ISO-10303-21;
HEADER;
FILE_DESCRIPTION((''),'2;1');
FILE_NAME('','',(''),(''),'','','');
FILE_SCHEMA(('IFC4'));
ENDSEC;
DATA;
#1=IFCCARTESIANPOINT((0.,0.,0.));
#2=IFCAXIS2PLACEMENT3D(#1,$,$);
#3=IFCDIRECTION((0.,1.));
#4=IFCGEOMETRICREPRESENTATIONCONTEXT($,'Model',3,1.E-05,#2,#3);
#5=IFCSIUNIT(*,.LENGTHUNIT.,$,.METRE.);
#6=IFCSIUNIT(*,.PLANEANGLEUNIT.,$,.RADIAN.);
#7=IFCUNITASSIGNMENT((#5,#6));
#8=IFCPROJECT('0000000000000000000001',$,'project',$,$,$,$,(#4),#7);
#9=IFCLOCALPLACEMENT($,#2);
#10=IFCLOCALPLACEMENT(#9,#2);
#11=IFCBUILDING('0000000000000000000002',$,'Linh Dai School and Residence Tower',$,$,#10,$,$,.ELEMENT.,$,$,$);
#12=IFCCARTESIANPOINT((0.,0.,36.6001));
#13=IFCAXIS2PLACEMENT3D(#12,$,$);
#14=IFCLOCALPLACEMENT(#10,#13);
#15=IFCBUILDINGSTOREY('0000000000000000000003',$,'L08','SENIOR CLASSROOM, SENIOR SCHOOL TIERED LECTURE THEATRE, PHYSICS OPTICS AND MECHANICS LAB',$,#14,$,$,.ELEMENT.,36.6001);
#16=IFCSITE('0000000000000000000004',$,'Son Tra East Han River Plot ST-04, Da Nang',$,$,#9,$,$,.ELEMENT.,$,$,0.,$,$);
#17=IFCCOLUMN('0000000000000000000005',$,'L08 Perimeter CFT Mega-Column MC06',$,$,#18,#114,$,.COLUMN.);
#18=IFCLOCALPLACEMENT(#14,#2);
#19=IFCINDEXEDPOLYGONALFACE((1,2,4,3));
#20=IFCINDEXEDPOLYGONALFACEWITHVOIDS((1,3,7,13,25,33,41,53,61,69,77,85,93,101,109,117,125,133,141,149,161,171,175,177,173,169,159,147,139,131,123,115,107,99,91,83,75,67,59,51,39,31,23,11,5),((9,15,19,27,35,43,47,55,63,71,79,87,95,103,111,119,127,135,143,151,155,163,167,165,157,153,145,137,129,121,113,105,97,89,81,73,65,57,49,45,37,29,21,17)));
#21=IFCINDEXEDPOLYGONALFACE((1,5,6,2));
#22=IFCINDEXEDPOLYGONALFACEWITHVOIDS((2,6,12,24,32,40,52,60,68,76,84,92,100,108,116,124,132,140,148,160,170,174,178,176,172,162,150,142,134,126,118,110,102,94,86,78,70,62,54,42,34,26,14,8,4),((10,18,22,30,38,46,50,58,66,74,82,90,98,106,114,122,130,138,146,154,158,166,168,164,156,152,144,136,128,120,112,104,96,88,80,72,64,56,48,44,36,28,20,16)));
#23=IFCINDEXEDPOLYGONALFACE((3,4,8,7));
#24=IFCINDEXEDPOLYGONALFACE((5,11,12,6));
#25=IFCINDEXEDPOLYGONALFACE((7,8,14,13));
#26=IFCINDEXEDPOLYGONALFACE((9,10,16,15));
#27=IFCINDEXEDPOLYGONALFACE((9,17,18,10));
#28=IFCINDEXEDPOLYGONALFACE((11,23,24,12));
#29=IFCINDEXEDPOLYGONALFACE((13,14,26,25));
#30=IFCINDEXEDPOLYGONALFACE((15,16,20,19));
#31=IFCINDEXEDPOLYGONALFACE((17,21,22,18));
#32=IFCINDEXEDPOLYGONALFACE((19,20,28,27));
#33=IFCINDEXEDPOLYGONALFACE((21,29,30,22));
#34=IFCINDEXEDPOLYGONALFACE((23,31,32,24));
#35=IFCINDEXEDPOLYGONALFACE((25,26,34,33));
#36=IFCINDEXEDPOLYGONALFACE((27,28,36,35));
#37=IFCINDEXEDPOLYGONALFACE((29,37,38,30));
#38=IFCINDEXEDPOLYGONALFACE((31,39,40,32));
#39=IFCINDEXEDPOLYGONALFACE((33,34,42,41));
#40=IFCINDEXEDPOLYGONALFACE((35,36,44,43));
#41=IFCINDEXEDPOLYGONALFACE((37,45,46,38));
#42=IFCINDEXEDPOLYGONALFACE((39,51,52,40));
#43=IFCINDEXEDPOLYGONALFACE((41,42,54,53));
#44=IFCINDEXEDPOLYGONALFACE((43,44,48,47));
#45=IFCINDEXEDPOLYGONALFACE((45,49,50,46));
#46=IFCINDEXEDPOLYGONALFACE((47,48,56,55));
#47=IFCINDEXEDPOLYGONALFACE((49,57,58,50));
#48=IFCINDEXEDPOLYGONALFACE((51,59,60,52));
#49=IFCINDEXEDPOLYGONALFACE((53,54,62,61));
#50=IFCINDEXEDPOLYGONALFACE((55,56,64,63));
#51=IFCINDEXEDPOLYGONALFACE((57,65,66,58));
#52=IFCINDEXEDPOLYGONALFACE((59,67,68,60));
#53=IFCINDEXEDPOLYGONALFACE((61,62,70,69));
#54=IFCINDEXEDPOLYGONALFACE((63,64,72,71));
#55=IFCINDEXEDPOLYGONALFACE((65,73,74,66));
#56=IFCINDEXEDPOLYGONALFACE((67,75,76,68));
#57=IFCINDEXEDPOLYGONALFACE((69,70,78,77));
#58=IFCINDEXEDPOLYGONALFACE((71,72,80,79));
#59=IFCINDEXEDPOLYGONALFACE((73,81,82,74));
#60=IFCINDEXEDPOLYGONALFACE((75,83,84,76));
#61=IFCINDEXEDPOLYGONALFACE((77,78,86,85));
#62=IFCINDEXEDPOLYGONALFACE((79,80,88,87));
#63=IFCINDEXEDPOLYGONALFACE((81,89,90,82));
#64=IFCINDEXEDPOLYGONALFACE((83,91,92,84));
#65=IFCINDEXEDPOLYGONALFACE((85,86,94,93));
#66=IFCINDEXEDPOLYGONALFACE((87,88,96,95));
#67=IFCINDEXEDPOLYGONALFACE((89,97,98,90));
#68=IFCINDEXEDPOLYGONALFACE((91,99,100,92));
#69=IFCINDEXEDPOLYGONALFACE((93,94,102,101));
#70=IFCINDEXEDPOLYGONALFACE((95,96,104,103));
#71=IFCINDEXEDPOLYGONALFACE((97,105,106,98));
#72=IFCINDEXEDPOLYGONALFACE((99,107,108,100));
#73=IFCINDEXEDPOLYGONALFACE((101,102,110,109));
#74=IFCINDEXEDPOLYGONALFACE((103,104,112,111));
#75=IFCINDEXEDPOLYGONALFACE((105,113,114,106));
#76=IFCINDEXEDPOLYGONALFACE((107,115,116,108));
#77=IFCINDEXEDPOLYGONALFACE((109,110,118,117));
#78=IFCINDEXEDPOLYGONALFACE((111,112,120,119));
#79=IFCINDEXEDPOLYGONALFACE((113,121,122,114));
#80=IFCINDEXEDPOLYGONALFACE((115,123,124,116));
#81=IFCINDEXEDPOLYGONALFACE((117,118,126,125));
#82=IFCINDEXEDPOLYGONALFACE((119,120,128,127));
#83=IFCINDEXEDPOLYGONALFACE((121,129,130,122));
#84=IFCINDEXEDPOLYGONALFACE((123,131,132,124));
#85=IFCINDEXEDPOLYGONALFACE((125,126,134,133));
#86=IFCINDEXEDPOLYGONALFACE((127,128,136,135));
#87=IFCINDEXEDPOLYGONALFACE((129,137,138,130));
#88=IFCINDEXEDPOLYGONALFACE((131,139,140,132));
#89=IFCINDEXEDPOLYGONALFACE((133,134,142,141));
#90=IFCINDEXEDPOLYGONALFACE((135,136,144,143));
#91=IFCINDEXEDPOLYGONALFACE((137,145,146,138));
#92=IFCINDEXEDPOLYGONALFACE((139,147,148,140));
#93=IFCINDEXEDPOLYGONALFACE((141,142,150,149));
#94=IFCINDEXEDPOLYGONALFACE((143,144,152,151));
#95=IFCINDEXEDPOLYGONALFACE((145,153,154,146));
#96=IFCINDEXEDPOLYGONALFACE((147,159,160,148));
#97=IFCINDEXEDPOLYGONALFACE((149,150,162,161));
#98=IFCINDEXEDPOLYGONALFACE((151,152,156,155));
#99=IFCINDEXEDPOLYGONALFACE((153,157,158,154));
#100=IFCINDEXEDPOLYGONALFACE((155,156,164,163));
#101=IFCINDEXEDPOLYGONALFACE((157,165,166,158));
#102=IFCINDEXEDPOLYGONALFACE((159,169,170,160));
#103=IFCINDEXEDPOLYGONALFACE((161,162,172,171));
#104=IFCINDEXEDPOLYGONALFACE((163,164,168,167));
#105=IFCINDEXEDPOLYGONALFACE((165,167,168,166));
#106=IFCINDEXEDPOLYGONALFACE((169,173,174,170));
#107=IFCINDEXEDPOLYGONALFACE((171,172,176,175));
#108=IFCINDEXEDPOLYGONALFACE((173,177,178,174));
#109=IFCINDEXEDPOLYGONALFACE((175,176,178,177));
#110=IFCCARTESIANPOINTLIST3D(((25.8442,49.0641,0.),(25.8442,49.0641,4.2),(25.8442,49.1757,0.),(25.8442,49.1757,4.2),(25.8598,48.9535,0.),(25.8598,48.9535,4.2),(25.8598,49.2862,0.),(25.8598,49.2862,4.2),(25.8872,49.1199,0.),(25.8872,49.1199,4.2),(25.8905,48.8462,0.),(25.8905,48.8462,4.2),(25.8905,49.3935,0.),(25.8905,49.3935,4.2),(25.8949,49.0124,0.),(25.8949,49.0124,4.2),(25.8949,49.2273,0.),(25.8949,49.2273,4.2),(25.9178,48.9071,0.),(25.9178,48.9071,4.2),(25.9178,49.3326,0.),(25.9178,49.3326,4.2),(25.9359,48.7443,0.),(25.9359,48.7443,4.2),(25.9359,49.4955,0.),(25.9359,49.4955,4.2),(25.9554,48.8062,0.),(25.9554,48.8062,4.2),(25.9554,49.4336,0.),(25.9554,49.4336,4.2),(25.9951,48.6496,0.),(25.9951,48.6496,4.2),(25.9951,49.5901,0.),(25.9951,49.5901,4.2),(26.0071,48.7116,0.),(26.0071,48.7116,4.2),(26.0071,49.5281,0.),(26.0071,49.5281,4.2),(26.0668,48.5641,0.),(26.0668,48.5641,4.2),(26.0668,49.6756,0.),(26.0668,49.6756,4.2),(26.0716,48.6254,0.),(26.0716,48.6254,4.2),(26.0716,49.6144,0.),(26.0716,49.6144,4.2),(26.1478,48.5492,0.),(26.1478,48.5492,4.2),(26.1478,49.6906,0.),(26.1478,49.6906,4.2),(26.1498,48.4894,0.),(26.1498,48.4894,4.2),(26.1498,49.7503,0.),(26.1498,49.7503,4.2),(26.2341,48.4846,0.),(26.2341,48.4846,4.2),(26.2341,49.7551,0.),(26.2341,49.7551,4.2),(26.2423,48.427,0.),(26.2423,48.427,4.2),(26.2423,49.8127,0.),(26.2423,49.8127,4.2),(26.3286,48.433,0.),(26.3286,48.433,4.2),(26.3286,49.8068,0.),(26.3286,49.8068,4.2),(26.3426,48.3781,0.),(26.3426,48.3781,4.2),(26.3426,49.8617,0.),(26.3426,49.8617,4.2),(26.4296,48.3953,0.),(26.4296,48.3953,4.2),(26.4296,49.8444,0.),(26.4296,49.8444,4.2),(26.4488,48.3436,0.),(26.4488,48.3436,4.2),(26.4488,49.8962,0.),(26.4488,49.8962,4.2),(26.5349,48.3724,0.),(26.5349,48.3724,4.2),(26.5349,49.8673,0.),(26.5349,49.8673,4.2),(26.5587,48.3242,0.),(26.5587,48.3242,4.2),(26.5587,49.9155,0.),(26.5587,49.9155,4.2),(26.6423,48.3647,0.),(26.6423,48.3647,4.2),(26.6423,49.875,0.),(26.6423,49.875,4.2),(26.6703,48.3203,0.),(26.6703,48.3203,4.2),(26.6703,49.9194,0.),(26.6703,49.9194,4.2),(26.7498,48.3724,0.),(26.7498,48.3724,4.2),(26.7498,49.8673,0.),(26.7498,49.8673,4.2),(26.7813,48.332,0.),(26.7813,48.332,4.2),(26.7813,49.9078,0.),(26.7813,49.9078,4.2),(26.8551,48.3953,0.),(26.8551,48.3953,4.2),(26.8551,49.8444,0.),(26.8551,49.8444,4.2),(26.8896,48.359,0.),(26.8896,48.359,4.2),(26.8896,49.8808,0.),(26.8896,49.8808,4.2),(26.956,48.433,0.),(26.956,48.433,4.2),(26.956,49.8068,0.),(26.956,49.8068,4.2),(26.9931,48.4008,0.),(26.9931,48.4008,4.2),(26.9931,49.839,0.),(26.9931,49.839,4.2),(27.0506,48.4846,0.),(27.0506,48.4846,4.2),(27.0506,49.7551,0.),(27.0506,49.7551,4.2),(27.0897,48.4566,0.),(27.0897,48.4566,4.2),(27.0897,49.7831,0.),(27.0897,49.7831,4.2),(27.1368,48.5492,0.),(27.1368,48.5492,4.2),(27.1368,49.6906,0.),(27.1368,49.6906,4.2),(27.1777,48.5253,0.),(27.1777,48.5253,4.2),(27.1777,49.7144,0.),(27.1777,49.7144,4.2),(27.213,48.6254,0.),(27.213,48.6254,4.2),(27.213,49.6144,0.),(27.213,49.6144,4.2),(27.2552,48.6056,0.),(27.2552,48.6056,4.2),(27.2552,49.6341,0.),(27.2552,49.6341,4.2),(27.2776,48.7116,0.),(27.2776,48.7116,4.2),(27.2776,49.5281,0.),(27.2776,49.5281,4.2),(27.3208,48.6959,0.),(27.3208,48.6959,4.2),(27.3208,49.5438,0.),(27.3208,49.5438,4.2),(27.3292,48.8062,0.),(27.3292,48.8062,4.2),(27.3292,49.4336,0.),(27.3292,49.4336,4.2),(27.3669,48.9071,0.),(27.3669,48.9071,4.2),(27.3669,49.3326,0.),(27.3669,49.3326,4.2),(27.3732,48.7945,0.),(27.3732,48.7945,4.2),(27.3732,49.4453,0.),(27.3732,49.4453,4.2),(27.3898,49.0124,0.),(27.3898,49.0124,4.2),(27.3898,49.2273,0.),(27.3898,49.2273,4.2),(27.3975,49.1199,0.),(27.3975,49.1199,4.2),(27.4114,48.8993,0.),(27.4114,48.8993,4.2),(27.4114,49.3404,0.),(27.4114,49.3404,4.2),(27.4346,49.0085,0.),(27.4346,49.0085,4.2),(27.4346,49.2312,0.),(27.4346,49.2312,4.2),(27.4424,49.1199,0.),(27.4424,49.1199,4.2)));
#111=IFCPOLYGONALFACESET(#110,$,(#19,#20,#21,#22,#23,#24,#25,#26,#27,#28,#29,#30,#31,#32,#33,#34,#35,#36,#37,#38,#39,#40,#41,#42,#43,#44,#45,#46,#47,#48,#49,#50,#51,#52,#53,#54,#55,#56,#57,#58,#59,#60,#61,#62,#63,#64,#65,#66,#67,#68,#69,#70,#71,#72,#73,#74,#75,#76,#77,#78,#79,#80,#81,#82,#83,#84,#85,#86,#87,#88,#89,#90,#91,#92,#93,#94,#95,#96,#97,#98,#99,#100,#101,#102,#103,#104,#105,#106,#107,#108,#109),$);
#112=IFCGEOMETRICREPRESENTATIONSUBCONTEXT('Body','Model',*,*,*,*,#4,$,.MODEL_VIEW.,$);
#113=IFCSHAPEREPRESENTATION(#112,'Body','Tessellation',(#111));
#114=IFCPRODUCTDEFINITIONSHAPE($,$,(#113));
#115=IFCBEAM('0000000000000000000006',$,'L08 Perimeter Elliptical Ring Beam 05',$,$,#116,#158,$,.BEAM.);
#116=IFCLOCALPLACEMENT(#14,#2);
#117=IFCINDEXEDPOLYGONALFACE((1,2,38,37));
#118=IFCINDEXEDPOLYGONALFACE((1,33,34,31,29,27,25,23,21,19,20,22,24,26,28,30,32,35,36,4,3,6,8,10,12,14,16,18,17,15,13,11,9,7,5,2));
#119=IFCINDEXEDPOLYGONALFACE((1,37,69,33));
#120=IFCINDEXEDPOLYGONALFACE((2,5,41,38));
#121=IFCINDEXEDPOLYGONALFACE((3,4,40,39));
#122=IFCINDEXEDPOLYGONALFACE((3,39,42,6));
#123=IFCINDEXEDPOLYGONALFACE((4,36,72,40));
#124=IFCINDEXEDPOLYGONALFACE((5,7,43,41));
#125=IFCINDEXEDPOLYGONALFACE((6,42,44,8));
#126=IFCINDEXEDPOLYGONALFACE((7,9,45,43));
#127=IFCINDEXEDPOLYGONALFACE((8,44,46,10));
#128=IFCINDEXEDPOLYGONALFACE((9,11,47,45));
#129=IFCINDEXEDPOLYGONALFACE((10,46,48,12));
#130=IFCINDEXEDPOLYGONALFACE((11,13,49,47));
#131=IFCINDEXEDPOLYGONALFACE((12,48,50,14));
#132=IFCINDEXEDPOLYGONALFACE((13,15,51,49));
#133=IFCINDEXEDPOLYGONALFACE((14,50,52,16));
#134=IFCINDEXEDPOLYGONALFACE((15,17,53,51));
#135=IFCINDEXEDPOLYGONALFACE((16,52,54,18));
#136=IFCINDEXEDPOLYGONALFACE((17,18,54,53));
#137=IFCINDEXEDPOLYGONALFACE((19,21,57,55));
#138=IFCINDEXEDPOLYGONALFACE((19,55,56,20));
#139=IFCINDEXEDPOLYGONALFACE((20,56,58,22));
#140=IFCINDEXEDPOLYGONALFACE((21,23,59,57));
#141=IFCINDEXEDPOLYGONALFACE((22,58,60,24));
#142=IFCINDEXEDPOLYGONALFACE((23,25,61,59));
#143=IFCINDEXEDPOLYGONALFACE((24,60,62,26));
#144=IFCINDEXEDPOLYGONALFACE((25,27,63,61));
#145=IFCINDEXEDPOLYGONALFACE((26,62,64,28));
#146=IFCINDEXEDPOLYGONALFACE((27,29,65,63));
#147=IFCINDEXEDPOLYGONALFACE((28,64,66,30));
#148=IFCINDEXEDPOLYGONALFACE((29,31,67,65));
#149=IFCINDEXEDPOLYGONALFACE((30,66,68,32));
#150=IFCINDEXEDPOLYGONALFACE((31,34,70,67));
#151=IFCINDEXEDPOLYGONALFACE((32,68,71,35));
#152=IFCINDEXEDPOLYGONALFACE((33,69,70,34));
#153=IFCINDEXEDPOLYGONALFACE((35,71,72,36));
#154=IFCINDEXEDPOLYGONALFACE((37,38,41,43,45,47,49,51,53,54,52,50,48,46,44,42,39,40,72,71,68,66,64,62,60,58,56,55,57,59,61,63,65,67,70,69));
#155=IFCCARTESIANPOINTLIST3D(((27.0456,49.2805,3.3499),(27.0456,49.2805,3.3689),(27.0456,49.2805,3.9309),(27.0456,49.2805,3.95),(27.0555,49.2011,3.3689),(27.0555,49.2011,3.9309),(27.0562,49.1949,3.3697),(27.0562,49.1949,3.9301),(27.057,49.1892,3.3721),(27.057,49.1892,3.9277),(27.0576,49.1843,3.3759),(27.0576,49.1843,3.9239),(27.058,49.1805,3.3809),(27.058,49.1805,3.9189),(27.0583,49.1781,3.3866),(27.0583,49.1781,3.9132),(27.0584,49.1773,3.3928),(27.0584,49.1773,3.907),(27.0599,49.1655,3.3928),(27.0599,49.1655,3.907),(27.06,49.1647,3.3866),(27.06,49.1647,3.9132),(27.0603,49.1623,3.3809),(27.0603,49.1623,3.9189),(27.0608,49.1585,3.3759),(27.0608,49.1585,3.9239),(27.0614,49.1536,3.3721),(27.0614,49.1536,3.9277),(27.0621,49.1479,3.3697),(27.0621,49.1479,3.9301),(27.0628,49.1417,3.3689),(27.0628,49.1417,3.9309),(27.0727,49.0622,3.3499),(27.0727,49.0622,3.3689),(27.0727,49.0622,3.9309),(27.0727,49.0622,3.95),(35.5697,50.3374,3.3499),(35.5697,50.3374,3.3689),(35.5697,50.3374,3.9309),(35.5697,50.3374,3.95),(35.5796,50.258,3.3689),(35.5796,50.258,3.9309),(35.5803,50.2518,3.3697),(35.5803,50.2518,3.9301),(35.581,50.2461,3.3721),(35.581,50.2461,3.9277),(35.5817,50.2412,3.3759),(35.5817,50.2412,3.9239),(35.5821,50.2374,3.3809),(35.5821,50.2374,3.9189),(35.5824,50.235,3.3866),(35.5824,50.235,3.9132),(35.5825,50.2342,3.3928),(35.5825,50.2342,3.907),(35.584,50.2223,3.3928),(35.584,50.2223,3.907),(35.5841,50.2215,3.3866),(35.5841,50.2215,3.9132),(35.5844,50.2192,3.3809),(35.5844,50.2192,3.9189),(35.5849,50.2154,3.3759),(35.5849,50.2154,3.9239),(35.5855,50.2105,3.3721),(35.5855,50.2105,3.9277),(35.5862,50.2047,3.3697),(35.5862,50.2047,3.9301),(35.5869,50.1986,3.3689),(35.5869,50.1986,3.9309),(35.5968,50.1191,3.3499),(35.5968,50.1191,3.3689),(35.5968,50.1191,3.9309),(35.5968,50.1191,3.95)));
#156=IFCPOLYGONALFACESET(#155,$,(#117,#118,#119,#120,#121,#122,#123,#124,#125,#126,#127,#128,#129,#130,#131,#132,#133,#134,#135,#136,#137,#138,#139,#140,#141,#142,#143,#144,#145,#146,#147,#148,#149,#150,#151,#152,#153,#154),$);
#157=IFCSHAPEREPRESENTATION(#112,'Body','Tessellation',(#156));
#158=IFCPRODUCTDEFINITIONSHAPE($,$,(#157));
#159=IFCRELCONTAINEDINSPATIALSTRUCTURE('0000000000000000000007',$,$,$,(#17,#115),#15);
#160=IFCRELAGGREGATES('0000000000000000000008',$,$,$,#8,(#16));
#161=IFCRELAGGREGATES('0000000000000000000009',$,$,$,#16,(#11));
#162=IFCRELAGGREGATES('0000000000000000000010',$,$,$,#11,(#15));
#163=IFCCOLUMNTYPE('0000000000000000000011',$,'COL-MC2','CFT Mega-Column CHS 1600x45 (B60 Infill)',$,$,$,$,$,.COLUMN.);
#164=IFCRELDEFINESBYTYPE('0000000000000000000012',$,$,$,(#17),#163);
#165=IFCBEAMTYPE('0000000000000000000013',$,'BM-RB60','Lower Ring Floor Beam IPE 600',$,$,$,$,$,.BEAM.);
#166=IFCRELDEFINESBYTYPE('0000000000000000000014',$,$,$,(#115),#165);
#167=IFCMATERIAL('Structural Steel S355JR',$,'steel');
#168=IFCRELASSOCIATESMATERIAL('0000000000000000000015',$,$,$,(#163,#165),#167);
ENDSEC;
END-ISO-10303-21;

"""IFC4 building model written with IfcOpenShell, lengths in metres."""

from ifc_helpers import new_model, si_unit, direction, frame, origin, origin_2d, place, context, subcontext, project, spatial, hollow_circle, i_section, extrude, material, material_profile, profile_set, type_object, element, save


model = new_model("IFC4")

# Units and contexts
model_context = context("Model", 3, precision=1e-05, world=origin(), true_north=direction((0.0, 1.0)))
body_context = subcontext(model_context, "Body", "Model", "MODEL_VIEW")
ifc_project = project(units=[si_unit("LENGTHUNIT", "METRE"), si_unit("PLANEANGLEUNIT", "RADIAN")], contexts=[model_context])

# Site, building, storey
site_placement = place(None, origin())
site = spatial("IfcSite", under=ifc_project, at=site_placement, Name="Son Tra East Han River Plot ST-04, Da Nang", CompositionType="ELEMENT", RefElevation=0.0)
building_placement = place(site_placement, origin())
building = spatial("IfcBuilding", under=site, at=building_placement, Name="Linh Dai School and Residence Tower", CompositionType="ELEMENT")
storey_placement = place(building_placement, frame((0.0, 0.0, 36.6001)))
storey = spatial("IfcBuildingStorey", under=building, at=storey_placement, Name="L08", Description="SENIOR CLASSROOM, SENIOR SCHOOL TIERED LECTURE THEATRE, PHYSICS OPTICS AND MECHANICS LAB", CompositionType="ELEMENT", Elevation=36.6001)

# Column
ifc_material_1 = material(Name="Structural Steel S355JR", Category="steel")
ifc_material_profile_1 = material_profile(ifc_material_1, hollow_circle(Radius=0.8, WallThickness=0.0449, at=origin_2d()), Name="CHS 1600x45")
ifc_profile_set_1 = profile_set([ifc_material_profile_1], Name="Structural Steel S355JR")
column_type_1 = type_object("IfcColumnType", Name="COL-MC2", Description="CFT Mega-Column CHS 1600x45 (B60 Infill)", PredefinedType="COLUMN", material=ifc_profile_set_1)
for number, where, z_axis, x_axis, name in (
    (1, (26.6423, 49.1199, 0.0), (0.0, 0.0, 1.0), (1.0, 0.0, 0.0), "L08 Perimeter CFT Mega-Column MC06"),
):
    element("IfcColumn", number, at=place(storey_placement, frame(where, z_axis=z_axis, x_axis=x_axis)), inside=storey, type_object=column_type_1, Name=name, PredefinedType="COLUMN", context=body_context, shape_type="SweptSolid", body=[
        extrude(hollow_circle(Radius=0.8, WallThickness=0.0449, at=origin_2d()), origin(), (0.0, 0.0, 1.0), 4.2),
    ])

# Beam
ifc_material_profile_2 = material_profile(ifc_material_1, i_section(OverallWidth=0.22, OverallDepth=0.6001, WebThickness=0.012, FlangeThickness=0.019, FilletRadius=0.0239, at=origin_2d()), Name="IPE 600")
ifc_profile_set_2 = profile_set([ifc_material_profile_2], Name="Structural Steel S355JR")
beam_type_1 = type_object("IfcBeamType", Name="BM-RB60", Description="Lower Ring Floor Beam IPE 600", PredefinedType="BEAM", material=ifc_profile_set_2)
beam_1_placement = place(storey_placement, frame((35.5833, 50.2283, 3.6499), z_axis=(-0.992401, -0.123045, 0.0), x_axis=(0.123045, -0.992401, 0.0)))
element("IfcBeam", 2, at=beam_1_placement, inside=storey, type_object=beam_type_1, Name="L08 Perimeter Elliptical Ring Beam 05", PredefinedType="BEAM", context=body_context, shape_type="SweptSolid", body=[
    extrude(i_section(OverallWidth=0.22, OverallDepth=0.6001, WebThickness=0.012, FlangeThickness=0.019, FilletRadius=0.0239, at=origin_2d()), origin(), (0.0, 0.0, 1.0), 8.5894),
])

save(model, "model.ifc")
